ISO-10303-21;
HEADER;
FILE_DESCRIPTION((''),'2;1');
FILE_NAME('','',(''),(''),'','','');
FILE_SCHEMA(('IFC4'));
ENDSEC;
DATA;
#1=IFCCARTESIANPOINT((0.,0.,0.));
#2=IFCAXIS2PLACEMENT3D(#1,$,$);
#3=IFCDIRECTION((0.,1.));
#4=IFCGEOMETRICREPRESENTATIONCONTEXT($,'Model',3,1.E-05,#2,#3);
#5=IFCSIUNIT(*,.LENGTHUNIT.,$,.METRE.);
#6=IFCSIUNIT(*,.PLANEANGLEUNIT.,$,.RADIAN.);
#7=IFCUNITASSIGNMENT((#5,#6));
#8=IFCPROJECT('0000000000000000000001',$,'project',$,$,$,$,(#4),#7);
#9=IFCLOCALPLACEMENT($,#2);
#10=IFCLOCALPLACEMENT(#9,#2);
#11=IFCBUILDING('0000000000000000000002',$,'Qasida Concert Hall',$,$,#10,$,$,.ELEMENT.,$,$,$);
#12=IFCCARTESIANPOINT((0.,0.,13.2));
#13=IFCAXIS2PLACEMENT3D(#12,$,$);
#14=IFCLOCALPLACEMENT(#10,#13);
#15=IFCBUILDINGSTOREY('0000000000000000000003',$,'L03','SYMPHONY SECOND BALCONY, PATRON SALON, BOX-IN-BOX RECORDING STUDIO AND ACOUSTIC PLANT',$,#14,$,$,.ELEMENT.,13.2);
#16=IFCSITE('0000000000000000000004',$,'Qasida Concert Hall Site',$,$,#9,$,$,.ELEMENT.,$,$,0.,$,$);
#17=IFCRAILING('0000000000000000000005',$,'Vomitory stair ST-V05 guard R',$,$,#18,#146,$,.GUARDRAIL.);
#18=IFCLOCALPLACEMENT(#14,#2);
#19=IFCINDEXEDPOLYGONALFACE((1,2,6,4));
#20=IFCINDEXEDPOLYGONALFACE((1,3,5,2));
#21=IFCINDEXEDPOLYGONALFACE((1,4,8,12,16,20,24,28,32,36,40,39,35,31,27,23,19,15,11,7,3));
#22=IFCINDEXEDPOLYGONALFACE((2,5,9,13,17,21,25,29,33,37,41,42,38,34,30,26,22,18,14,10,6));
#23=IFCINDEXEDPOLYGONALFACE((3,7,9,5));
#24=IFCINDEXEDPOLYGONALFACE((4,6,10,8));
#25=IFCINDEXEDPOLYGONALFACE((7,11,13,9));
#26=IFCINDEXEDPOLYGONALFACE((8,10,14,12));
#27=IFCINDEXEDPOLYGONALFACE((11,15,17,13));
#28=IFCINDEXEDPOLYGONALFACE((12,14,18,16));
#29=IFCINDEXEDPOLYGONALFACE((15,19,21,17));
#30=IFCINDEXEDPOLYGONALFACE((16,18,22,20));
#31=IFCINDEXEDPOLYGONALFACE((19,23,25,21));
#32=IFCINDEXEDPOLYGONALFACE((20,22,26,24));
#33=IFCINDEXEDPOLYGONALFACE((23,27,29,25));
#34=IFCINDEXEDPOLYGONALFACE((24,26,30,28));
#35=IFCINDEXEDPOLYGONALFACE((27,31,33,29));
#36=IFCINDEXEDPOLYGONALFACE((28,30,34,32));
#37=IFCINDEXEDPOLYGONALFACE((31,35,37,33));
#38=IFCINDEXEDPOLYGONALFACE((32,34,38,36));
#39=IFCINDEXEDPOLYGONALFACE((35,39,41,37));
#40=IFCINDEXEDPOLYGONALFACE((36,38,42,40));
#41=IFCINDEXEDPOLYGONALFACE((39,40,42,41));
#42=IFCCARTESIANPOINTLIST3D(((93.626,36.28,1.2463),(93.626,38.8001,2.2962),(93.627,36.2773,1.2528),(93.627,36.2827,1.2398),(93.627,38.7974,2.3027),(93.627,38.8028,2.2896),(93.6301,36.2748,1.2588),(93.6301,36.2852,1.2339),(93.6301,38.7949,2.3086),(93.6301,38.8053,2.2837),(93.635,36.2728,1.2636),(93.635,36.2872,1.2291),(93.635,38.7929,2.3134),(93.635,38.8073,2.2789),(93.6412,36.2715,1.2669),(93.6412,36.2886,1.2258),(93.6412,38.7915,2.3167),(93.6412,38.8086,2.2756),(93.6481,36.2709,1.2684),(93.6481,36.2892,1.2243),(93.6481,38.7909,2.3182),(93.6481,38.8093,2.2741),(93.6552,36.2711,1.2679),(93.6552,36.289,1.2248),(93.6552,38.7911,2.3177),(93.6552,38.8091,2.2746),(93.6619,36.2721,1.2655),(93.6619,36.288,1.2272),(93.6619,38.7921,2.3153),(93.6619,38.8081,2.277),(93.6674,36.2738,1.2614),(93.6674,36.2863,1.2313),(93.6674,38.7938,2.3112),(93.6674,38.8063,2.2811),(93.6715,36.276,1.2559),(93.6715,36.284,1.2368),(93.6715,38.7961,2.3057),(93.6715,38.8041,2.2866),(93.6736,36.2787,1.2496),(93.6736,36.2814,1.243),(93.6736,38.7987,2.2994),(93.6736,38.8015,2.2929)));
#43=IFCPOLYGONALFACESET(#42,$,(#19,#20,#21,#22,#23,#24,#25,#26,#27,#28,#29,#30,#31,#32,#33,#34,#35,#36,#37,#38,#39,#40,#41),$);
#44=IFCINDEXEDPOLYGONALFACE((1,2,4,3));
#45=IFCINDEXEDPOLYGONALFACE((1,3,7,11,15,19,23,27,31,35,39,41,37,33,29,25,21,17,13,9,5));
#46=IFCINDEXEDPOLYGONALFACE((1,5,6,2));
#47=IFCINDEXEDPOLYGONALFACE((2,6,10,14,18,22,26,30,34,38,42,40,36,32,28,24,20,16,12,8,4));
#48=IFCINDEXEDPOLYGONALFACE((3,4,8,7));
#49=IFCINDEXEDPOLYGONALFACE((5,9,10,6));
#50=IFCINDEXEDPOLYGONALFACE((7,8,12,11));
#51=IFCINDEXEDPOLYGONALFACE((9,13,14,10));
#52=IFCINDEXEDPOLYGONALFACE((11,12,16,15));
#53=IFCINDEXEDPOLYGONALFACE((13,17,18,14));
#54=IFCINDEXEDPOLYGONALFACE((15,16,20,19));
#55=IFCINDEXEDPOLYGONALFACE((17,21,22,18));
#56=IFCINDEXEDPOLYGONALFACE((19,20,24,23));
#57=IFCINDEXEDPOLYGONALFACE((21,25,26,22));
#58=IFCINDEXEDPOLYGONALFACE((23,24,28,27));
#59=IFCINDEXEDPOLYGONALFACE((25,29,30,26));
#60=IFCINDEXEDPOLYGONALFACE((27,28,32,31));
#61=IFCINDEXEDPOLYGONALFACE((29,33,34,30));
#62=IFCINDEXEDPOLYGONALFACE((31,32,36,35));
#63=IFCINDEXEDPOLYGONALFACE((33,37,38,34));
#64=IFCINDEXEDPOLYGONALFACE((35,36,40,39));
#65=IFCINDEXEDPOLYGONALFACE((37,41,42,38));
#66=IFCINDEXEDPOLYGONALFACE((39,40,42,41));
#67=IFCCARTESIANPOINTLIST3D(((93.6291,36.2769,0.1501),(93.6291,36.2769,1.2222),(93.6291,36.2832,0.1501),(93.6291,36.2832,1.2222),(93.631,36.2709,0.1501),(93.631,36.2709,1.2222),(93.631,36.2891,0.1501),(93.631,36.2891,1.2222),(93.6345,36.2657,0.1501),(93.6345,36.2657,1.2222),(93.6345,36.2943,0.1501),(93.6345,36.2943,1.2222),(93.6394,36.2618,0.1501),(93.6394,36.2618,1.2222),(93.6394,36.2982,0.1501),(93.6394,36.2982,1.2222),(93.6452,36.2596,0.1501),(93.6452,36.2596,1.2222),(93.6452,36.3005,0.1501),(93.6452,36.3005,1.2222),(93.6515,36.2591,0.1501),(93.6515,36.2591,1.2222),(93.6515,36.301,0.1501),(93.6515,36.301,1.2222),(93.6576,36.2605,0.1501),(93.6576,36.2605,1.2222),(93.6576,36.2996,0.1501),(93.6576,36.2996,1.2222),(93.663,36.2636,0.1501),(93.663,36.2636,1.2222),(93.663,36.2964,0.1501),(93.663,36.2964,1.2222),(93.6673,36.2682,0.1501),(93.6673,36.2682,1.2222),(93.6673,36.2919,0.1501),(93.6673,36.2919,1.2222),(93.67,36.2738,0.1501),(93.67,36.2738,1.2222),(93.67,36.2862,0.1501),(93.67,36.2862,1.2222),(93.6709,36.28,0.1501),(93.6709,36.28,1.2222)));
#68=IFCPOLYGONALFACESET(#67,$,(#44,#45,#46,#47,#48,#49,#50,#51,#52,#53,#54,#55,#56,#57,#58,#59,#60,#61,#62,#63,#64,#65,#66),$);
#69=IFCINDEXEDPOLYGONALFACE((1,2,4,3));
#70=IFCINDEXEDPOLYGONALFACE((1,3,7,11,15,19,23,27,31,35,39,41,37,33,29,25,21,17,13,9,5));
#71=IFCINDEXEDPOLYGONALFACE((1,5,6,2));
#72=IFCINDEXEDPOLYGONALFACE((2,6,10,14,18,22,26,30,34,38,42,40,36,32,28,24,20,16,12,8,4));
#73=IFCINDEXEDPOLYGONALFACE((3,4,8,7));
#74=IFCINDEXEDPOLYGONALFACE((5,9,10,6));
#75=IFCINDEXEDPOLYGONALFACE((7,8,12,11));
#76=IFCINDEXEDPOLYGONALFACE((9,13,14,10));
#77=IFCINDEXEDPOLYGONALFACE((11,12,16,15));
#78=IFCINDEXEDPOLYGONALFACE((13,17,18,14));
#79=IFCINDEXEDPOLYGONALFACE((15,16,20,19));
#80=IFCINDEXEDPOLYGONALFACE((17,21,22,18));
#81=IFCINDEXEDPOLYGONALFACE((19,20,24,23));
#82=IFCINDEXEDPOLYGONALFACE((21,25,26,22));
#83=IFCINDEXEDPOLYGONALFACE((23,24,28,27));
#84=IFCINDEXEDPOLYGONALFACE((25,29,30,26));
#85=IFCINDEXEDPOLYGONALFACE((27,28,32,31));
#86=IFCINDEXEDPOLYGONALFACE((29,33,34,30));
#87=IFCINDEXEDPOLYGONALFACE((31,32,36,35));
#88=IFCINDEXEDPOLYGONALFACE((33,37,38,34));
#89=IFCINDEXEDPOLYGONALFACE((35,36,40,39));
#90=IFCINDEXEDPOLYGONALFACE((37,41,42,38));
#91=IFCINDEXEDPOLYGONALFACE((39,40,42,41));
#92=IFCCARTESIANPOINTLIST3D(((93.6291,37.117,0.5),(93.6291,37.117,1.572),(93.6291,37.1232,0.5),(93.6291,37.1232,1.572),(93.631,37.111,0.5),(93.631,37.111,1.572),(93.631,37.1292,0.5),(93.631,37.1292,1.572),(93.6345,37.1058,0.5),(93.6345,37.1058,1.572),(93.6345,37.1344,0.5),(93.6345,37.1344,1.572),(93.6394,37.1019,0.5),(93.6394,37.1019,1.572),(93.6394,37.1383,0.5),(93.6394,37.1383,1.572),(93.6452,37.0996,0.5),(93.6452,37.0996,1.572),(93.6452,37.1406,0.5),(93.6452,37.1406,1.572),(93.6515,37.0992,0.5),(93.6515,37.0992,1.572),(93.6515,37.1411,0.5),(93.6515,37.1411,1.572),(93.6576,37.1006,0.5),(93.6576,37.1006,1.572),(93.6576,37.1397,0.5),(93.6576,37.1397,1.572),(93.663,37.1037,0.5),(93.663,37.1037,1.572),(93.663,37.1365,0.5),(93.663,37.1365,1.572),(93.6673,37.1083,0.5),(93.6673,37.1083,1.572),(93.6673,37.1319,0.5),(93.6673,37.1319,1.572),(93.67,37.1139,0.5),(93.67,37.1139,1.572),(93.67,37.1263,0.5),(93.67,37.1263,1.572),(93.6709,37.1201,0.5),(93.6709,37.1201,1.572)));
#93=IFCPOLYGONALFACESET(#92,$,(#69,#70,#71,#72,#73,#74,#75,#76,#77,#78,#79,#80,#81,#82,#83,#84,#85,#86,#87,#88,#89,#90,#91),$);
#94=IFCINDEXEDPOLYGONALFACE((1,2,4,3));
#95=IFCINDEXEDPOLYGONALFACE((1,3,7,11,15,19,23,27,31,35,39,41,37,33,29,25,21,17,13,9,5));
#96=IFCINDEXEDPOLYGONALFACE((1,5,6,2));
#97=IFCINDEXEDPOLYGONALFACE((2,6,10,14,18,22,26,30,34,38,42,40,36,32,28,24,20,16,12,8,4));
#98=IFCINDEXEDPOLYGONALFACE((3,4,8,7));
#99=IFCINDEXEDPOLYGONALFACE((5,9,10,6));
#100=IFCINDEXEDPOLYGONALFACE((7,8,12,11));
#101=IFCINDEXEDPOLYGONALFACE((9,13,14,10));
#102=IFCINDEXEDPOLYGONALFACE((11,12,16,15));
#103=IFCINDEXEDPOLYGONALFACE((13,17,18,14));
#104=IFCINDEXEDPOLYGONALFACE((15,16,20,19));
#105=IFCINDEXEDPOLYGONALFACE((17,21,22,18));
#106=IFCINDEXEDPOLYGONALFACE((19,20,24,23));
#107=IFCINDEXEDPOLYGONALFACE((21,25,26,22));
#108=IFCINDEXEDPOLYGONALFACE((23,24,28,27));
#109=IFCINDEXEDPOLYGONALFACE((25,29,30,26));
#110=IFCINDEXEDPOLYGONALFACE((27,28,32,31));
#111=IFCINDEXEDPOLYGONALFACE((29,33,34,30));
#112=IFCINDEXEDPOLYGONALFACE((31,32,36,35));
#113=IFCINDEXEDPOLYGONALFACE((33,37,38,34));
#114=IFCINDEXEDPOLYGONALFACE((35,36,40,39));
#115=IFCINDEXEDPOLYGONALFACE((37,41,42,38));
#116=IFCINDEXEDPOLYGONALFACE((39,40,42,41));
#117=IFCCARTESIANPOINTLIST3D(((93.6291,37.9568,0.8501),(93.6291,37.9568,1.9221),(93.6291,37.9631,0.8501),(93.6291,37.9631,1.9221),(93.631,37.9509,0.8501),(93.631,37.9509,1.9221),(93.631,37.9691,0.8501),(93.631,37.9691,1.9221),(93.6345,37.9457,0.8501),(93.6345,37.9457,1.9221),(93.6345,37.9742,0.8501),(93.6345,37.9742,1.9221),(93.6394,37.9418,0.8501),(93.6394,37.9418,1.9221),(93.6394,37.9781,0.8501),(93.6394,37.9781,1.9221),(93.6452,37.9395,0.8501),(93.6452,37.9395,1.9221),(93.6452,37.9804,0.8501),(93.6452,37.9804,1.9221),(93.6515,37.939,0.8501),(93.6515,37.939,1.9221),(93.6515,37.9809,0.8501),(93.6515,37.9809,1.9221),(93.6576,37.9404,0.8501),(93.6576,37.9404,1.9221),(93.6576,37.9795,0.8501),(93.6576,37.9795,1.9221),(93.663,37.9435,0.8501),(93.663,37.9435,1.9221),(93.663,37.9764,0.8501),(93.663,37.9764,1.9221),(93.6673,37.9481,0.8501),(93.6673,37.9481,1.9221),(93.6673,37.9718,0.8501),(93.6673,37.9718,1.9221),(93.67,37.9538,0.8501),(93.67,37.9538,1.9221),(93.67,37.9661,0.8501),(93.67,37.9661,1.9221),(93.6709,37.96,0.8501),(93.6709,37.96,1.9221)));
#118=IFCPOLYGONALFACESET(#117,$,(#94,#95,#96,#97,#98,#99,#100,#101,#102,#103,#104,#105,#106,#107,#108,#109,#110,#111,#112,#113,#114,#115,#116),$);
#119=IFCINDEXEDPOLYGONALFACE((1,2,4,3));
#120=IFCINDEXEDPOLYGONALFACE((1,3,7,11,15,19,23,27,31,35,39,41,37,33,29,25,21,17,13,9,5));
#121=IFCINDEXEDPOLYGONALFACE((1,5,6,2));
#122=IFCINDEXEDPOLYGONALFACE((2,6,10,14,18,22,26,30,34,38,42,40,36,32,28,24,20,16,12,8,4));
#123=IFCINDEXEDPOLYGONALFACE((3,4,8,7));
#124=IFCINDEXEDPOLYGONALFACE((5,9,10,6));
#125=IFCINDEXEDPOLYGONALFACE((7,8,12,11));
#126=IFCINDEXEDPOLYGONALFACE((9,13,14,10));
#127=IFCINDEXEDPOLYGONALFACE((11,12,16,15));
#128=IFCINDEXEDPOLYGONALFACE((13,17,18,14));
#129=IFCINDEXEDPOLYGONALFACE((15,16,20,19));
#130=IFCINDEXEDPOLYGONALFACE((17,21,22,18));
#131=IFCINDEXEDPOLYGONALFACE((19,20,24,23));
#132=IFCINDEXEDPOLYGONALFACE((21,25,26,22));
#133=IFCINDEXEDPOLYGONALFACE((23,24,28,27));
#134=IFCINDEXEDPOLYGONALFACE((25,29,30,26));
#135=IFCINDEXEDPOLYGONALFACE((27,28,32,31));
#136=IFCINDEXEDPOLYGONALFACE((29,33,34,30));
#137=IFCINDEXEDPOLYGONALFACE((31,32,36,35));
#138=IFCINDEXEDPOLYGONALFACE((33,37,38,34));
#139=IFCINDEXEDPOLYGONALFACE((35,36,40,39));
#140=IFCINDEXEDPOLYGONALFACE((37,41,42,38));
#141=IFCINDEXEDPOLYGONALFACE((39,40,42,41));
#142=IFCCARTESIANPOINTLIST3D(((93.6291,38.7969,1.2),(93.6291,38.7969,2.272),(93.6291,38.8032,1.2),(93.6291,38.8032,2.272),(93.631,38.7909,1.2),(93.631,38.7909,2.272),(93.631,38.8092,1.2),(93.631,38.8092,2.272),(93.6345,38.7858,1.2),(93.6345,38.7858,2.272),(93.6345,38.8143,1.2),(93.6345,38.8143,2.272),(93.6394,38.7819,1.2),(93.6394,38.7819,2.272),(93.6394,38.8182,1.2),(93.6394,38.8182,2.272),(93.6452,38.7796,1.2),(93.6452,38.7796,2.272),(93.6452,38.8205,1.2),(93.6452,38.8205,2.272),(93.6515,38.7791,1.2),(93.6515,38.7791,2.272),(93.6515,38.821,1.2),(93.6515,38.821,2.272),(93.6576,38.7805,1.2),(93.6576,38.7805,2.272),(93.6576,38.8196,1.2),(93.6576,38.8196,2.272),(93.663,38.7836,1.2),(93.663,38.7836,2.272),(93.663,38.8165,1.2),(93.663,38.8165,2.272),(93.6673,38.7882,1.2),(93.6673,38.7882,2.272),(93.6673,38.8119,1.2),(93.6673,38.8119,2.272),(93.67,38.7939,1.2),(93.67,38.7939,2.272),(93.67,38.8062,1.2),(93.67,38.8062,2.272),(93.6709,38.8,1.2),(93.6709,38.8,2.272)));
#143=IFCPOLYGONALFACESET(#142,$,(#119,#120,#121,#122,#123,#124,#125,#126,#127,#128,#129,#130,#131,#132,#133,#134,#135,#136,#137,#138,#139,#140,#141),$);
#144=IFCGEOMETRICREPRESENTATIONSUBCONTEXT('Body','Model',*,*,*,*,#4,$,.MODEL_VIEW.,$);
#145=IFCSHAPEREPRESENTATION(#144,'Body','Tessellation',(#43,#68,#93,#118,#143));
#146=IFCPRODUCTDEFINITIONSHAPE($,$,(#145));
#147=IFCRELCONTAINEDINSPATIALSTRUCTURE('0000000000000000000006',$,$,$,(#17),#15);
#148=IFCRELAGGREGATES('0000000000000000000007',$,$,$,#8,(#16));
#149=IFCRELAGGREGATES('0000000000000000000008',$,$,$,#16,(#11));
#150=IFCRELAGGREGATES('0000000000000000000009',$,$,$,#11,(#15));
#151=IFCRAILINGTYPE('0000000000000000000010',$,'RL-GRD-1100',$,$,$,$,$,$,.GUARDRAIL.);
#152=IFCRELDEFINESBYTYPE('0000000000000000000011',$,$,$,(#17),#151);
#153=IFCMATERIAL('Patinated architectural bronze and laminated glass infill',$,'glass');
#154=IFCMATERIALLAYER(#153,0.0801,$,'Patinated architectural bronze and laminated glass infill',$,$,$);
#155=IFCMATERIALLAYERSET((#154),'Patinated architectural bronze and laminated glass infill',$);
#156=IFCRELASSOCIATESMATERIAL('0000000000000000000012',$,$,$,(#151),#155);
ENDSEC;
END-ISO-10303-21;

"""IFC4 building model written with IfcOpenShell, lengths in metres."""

from ifc_helpers import new_model, si_unit, direction, frame, origin, origin_2d, place, context, subcontext, project, spatial, circle, extrude, material, layer, layer_set, type_object, element, save


model = new_model("IFC4")

# Units and contexts
model_context = context("Model", 3, precision=1e-05, world=origin(), true_north=direction((0.0, 1.0)))
body_context = subcontext(model_context, "Body", "Model", "MODEL_VIEW")
ifc_project = project(units=[si_unit("LENGTHUNIT", "METRE"), si_unit("PLANEANGLEUNIT", "RADIAN")], contexts=[model_context])

# Site, building, storey
site_placement = place(None, origin())
site = spatial("IfcSite", under=ifc_project, at=site_placement, Name="Qasida Concert Hall Site", CompositionType="ELEMENT", RefElevation=0.0)
building_placement = place(site_placement, origin())
building = spatial("IfcBuilding", under=site, at=building_placement, Name="Qasida Concert Hall", CompositionType="ELEMENT")
storey_placement = place(building_placement, frame((0.0, 0.0, 13.2)))
storey = spatial("IfcBuildingStorey", under=building, at=storey_placement, Name="L03", Description="SYMPHONY SECOND BALCONY, PATRON SALON, BOX-IN-BOX RECORDING STUDIO AND ACOUSTIC PLANT", CompositionType="ELEMENT", Elevation=13.2)

# Railing
ifc_material_1 = material(Name="Patinated architectural bronze and laminated glass infill", Category="glass")
ifc_layer_1 = layer(ifc_material_1, 0.0801, Name="Patinated architectural bronze and laminated glass infill")
ifc_layer_set_1 = layer_set([ifc_layer_1], Name="Patinated architectural bronze and laminated glass infill")
railing_type_1 = type_object("IfcRailingType", Name="RL-GRD-1100", PredefinedType="GUARDRAIL", material=ifc_layer_set_1)
for number, where, name in (
    (1, (93.6499, 36.28, 0.1501), "Vomitory stair ST-V05 guard R"),
):
    element("IfcRailing", number, at=place(storey_placement, frame(where)), inside=storey, type_object=railing_type_1, Name=name, PredefinedType="GUARDRAIL", context=body_context, shape_type="SweptSolid", body=[
        extrude(circle(Radius=0.0239, at=origin_2d()), frame((0.0, 0.0, 1.0962), z_axis=(0.0, 0.923103, 0.384552), x_axis=(-1.0, 0.0, 0.0)), (0.0, 0.0, 1.0), 2.73),
        extrude(circle(Radius=0.021, at=origin_2d()), origin(), (0.0, 0.0, 1.0), 1.072),
        extrude(circle(Radius=0.021, at=origin_2d()), frame((0.0, 0.8401, 0.3499)), (0.0, 0.0, 1.0), 1.072),
        extrude(circle(Radius=0.021, at=origin_2d()), frame((0.0, 1.6799, 0.7)), (0.0, 0.0, 1.0), 1.072),
        extrude(circle(Radius=0.021, at=origin_2d()), frame((0.0, 2.52, 1.0498)), (0.0, 0.0, 1.0), 1.072),
    ])

save(model, "model.ifc")
